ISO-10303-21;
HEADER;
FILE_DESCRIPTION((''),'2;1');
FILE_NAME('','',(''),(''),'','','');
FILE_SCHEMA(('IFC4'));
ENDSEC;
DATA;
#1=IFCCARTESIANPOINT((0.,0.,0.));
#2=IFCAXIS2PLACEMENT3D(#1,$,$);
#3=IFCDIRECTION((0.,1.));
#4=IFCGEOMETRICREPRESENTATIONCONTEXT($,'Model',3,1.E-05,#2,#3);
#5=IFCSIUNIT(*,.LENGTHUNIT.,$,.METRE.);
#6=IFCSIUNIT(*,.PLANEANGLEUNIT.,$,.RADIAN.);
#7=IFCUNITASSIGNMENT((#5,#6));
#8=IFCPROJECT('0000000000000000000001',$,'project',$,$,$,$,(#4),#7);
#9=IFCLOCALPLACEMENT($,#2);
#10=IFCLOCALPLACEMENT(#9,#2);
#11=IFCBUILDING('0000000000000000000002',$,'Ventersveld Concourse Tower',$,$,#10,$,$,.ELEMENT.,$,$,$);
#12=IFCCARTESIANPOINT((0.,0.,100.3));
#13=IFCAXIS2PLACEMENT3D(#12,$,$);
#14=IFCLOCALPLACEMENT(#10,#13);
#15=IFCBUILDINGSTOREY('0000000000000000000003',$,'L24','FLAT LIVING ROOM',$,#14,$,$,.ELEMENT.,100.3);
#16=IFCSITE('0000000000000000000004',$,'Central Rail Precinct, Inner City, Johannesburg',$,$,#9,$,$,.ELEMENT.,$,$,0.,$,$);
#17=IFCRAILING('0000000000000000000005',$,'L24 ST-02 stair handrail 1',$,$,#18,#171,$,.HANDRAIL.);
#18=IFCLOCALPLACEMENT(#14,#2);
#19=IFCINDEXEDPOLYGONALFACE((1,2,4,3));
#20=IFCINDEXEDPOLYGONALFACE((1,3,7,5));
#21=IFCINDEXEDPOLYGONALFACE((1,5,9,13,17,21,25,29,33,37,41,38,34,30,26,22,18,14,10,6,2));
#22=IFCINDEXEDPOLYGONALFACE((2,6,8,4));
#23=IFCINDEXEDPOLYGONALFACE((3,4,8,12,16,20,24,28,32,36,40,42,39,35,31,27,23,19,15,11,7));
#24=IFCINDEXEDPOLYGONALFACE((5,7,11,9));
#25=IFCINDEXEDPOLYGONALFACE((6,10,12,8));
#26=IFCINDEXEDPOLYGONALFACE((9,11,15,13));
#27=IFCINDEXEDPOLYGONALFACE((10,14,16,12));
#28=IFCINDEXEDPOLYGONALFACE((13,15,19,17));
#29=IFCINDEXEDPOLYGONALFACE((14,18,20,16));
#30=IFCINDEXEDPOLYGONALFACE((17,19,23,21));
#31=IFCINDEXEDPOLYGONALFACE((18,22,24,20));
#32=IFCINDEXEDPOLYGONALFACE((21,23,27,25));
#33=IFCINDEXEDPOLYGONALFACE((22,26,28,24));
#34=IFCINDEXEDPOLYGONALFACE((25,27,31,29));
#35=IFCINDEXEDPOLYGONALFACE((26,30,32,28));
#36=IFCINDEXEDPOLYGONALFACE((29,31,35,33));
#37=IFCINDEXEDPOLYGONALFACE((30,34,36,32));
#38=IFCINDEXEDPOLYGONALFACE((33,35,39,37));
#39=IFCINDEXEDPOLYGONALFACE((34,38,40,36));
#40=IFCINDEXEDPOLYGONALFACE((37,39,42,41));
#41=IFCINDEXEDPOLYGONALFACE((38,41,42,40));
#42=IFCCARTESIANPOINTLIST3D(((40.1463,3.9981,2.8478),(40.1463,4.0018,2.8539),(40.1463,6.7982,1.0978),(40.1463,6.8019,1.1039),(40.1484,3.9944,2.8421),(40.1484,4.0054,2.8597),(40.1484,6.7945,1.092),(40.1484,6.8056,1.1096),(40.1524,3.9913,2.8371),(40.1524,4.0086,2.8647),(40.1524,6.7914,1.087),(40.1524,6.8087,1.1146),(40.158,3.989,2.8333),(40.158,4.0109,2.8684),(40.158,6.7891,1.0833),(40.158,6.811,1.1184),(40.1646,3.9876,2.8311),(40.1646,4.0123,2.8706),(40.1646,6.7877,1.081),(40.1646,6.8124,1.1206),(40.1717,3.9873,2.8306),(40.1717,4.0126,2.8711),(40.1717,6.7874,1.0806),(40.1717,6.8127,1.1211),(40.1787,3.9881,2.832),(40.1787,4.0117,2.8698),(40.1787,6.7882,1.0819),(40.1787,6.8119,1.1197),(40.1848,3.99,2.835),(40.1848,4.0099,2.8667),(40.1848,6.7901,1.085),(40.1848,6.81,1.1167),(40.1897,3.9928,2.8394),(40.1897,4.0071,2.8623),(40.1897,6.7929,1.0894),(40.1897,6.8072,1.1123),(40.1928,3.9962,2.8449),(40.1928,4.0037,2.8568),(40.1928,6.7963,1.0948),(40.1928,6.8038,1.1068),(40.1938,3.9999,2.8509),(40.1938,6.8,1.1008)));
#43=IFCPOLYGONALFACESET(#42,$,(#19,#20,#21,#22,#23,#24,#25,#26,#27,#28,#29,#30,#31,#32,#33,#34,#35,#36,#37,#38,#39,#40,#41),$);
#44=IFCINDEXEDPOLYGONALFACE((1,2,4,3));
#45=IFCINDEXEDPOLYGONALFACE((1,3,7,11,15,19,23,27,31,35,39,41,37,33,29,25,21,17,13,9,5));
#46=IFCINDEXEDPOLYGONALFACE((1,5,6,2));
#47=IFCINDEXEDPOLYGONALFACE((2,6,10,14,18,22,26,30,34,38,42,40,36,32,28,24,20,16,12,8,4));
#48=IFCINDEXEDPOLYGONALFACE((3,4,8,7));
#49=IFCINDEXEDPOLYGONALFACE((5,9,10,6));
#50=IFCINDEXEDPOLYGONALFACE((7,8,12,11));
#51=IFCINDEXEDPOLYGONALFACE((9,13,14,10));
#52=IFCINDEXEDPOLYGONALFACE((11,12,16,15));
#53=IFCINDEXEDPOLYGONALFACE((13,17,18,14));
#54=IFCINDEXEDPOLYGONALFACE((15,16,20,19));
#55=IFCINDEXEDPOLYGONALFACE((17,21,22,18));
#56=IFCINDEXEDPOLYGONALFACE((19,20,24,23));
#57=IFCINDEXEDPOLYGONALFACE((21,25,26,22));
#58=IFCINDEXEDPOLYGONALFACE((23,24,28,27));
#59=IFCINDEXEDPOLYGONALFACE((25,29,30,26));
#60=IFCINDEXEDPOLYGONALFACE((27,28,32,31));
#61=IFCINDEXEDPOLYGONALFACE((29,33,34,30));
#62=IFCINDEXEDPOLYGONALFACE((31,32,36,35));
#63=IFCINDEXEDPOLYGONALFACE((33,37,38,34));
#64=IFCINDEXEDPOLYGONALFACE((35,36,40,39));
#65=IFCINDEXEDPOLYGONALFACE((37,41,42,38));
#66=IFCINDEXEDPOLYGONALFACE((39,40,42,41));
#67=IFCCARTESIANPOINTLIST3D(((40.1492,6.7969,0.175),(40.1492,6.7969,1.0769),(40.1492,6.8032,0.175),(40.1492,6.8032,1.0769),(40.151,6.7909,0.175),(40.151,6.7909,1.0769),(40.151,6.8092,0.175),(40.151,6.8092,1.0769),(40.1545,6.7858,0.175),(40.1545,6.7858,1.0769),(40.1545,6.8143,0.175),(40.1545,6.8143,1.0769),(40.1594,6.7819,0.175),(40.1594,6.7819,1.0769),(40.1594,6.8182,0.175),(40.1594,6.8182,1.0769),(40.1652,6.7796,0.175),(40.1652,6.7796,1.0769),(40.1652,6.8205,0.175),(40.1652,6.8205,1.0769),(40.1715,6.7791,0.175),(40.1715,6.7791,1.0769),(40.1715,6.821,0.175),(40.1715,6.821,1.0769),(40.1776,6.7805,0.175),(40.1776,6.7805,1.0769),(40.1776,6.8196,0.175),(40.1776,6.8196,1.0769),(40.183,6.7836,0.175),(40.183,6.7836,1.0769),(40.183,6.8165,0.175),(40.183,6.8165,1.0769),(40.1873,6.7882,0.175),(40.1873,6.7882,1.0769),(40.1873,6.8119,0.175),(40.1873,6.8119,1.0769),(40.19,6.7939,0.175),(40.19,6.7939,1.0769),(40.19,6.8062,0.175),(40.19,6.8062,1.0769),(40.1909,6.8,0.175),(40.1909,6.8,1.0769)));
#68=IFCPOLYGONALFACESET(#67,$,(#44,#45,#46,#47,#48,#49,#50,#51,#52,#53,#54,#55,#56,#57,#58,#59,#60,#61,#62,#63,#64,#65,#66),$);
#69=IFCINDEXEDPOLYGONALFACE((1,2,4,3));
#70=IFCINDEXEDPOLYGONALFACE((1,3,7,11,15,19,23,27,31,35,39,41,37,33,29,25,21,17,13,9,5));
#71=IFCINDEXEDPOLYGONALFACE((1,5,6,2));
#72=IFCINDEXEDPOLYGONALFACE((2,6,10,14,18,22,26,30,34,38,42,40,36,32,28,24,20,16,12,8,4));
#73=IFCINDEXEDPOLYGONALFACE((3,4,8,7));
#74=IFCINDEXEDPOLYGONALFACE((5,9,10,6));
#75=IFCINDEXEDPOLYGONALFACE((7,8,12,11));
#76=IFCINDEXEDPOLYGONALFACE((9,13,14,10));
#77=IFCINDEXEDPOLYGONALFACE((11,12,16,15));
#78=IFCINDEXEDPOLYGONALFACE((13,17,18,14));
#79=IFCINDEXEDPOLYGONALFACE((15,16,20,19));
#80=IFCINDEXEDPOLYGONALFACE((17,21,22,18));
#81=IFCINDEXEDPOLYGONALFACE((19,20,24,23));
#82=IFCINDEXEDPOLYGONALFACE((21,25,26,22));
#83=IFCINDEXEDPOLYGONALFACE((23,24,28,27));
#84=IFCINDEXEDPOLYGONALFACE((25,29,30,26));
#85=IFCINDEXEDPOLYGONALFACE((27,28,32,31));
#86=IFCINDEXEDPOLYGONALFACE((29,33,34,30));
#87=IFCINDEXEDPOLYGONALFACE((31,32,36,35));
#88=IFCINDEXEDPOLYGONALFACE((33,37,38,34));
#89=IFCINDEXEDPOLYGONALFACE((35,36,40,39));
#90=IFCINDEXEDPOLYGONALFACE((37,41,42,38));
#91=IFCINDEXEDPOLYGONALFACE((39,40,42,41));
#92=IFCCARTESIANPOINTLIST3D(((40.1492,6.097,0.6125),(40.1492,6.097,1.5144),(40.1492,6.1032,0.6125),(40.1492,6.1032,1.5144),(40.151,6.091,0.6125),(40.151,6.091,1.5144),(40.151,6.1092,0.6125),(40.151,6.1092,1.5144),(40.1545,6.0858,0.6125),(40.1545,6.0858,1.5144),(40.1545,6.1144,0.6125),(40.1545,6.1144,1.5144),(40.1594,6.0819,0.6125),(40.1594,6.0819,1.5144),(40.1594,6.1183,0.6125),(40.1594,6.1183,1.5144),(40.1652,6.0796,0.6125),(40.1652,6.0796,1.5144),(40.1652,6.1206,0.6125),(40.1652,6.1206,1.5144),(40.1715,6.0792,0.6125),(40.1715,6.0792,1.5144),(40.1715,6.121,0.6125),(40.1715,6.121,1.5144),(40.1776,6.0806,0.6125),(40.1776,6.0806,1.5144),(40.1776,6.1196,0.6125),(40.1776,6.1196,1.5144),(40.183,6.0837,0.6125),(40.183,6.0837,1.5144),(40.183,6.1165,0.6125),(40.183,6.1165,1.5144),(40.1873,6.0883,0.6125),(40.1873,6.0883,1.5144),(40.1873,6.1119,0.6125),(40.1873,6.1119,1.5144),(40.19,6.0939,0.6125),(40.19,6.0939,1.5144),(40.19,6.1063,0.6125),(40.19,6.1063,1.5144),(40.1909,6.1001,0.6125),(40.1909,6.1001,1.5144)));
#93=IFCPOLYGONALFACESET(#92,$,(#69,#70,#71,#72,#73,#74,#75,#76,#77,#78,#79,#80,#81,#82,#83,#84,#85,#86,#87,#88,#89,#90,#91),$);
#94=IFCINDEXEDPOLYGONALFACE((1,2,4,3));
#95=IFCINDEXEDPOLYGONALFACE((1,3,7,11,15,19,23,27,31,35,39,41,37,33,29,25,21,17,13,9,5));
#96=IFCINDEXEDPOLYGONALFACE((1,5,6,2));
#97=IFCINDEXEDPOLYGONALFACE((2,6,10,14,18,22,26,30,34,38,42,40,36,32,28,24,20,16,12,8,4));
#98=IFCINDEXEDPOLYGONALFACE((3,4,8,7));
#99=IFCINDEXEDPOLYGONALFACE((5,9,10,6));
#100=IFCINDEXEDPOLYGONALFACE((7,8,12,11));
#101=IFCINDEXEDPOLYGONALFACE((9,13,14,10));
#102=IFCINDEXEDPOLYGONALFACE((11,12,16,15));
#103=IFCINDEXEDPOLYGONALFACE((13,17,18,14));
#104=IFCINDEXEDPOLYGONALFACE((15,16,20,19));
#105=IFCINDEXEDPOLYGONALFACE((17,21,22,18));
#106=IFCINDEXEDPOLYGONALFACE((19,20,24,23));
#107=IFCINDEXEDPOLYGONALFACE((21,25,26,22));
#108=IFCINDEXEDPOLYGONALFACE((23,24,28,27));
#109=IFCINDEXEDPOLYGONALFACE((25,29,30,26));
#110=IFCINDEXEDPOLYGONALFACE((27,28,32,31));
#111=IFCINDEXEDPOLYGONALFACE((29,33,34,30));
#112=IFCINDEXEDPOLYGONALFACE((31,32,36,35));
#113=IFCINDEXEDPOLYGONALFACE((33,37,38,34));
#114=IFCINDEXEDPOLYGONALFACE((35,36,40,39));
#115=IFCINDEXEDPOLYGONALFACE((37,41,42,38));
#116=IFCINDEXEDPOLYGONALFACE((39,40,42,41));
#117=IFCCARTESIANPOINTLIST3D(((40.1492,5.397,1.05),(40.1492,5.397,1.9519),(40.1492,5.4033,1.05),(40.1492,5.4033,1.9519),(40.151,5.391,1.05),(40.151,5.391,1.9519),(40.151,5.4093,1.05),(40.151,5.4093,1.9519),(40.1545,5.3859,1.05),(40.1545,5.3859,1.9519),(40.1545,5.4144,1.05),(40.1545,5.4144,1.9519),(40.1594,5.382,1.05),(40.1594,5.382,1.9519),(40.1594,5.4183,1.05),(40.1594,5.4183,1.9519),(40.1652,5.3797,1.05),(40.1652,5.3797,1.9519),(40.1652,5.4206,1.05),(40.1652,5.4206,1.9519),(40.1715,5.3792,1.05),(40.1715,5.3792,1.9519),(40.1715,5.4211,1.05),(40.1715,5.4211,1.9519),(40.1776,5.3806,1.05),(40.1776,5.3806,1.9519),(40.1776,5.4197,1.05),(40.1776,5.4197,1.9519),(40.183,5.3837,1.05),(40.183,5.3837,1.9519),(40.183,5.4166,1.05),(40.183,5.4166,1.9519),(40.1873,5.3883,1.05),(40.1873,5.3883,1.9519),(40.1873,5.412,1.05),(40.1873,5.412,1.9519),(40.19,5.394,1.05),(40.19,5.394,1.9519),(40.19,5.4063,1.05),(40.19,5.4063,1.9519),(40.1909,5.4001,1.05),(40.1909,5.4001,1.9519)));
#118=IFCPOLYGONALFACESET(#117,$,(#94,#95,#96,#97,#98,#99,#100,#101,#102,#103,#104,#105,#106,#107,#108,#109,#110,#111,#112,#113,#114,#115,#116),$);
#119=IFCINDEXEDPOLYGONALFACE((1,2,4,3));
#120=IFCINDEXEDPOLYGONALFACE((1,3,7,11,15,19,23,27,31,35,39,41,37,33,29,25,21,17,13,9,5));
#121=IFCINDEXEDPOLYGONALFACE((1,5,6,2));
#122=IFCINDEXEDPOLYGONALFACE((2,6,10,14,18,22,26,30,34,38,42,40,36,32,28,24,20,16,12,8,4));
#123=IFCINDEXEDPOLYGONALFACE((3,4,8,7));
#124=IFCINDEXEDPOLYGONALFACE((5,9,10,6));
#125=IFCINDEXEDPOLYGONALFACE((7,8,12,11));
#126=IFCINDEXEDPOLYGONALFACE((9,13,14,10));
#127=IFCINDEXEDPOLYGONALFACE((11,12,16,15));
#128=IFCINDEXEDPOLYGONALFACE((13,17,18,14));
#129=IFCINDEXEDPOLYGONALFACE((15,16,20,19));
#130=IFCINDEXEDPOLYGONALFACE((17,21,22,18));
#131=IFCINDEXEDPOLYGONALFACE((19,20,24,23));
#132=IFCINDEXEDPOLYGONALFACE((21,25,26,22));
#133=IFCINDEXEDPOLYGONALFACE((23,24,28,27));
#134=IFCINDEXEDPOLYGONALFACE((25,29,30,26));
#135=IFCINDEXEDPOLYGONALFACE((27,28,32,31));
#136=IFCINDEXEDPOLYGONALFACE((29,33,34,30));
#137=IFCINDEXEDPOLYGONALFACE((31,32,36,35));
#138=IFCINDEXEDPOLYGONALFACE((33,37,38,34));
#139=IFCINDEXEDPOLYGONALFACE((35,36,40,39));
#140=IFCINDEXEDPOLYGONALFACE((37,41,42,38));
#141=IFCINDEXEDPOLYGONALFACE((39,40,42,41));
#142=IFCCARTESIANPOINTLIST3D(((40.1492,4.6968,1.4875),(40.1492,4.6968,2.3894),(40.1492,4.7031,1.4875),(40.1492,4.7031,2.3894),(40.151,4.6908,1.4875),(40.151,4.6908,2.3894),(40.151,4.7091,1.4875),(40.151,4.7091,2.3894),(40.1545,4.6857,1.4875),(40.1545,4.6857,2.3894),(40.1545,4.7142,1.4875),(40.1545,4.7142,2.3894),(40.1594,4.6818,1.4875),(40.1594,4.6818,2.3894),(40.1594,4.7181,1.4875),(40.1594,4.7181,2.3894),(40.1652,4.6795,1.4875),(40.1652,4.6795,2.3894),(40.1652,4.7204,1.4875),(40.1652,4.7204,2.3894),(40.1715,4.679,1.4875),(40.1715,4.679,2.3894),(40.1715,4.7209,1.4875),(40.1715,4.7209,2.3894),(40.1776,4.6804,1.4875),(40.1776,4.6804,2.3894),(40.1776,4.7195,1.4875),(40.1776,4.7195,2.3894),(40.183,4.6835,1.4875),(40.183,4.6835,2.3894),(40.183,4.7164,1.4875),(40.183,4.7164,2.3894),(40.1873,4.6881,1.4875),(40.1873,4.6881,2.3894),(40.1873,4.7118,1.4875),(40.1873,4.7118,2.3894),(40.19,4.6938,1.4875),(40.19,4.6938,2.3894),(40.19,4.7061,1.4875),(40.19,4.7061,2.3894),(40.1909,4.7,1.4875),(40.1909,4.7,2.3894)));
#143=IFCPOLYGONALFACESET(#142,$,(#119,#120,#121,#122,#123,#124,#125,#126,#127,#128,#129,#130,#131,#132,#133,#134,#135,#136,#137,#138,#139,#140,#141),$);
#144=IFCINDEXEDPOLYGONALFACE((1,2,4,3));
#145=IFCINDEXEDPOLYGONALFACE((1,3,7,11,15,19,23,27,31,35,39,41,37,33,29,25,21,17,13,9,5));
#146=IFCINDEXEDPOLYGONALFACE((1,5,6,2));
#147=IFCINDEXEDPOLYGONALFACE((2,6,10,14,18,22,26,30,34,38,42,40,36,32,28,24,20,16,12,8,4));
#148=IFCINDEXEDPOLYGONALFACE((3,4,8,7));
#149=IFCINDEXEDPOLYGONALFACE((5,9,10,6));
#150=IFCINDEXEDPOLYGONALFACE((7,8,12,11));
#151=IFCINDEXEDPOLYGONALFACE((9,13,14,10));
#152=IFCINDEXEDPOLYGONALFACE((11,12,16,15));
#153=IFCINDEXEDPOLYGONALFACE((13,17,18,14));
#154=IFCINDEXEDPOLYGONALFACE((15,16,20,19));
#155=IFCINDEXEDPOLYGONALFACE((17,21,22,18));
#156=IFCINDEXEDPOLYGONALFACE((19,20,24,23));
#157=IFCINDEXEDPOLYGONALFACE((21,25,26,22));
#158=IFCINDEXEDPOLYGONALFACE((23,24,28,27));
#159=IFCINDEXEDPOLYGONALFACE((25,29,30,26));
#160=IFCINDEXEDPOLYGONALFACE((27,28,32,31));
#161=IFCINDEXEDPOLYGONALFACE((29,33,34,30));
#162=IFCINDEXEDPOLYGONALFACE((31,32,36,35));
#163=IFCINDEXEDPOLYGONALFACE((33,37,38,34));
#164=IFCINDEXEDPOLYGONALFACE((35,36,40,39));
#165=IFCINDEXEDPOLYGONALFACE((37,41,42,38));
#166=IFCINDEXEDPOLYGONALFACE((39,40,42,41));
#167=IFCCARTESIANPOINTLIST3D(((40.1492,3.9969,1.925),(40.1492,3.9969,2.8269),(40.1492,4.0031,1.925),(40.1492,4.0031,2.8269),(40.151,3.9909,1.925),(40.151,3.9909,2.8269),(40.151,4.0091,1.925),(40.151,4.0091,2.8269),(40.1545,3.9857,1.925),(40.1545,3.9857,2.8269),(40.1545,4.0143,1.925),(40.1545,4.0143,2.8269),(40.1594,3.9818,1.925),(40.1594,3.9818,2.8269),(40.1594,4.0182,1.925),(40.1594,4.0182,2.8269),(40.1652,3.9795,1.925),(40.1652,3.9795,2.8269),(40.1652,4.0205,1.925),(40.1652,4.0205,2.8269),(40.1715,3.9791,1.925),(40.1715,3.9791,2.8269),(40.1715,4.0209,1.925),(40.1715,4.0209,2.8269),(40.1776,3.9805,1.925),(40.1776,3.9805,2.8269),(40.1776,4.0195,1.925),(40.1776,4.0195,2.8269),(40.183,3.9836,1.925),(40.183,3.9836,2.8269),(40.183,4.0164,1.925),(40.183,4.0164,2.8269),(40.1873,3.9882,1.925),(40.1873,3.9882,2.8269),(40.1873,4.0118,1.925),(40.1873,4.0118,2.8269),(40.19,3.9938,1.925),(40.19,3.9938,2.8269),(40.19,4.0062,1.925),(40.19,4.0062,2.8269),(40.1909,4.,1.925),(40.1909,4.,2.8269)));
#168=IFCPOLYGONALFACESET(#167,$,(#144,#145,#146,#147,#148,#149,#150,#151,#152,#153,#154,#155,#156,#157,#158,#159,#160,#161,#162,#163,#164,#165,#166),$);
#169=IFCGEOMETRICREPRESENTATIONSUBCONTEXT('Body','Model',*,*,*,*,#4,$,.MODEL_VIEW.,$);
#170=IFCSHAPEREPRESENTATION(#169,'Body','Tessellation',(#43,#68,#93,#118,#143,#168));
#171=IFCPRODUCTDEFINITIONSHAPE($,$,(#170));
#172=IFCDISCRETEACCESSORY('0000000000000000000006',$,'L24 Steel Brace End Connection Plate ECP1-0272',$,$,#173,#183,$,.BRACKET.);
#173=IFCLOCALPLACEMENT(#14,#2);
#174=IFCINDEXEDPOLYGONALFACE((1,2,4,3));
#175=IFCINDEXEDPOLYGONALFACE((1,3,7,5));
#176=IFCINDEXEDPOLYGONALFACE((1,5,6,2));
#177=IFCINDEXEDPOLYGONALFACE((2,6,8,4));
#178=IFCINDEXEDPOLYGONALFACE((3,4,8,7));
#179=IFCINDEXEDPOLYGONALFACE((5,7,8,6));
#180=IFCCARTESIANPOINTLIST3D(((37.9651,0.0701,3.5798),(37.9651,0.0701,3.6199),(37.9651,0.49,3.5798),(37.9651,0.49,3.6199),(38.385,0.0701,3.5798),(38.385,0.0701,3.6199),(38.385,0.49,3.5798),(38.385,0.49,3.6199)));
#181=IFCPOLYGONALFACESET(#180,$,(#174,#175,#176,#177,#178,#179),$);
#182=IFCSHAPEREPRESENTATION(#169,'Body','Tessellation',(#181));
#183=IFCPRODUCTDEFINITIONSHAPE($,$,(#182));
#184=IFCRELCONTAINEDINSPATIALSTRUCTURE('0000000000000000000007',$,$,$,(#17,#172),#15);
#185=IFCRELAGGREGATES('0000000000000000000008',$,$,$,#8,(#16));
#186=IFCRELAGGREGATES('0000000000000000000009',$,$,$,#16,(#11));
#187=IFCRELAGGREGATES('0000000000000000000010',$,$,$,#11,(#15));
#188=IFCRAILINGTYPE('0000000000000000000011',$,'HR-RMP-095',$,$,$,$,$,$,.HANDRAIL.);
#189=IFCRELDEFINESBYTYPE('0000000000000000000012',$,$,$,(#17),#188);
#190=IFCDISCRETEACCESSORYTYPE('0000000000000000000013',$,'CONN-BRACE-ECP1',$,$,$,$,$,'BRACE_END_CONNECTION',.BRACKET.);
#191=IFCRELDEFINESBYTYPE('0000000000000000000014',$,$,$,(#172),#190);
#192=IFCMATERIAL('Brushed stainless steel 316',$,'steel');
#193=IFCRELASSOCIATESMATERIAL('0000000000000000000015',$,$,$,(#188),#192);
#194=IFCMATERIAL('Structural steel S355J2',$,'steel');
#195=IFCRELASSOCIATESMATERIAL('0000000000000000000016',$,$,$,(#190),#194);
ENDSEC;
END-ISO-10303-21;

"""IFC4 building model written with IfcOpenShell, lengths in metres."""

from ifc_helpers import new_model, si_unit, direction, frame, origin, origin_2d, place, context, subcontext, project, spatial, rectangle, circle, extrude, material, type_object, element, save


model = new_model("IFC4")

# Units and contexts
model_context = context("Model", 3, precision=1e-05, world=origin(), true_north=direction((0.0, 1.0)))
body_context = subcontext(model_context, "Body", "Model", "MODEL_VIEW")
ifc_project = project(units=[si_unit("LENGTHUNIT", "METRE"), si_unit("PLANEANGLEUNIT", "RADIAN")], contexts=[model_context])

# Site, building, storey
site_placement = place(None, origin())
site = spatial("IfcSite", under=ifc_project, at=site_placement, Name="Central Rail Precinct, Inner City, Johannesburg", CompositionType="ELEMENT", RefElevation=0.0)
building_placement = place(site_placement, origin())
building = spatial("IfcBuilding", under=site, at=building_placement, Name="Ventersveld Concourse Tower", CompositionType="ELEMENT")
storey_placement = place(building_placement, frame((0.0, 0.0, 100.3)))
storey = spatial("IfcBuildingStorey", under=building, at=storey_placement, Name="L24", Description="FLAT LIVING ROOM", CompositionType="ELEMENT", Elevation=100.3)

# Shared definitions
ifc_material_1 = material(Name="Brushed stainless steel 316", Category="steel")

# Railing
railing_type_1 = type_object("IfcRailingType", Name="HR-RMP-095", PredefinedType="HANDRAIL", material=ifc_material_1)
railing_1_placement = place(storey_placement, frame((40.1699, 6.8, 0.175)))
element("IfcRailing", 1, at=railing_1_placement, inside=storey, type_object=railing_type_1, Name="L24 ST-02 stair handrail 1", PredefinedType="HANDRAIL", context=body_context, shape_type="SweptSolid", body=[
    extrude(circle(Radius=0.0239, at=origin_2d()), frame((0.0, 0.0, 0.9258), z_axis=(0.0, -0.848002, 0.529992), x_axis=(1.0, 0.0, 0.0)), (0.0, 0.0, 1.0), 3.302),
    extrude(circle(Radius=0.021, at=origin_2d()), origin(), (0.0, 0.0, 1.0), 0.9019),
    extrude(circle(Radius=0.021, at=origin_2d()), frame((0.0, -0.7, 0.4375)), (0.0, 0.0, 1.0), 0.9019),
    extrude(circle(Radius=0.021, at=origin_2d()), frame((0.0, -1.3999, 0.875)), (0.0, 0.0, 1.0), 0.9019),
    extrude(circle(Radius=0.021, at=origin_2d()), frame((0.0, -2.1001, 1.3125)), (0.0, 0.0, 1.0), 0.9019),
    extrude(circle(Radius=0.021, at=origin_2d()), frame((0.0, -2.8, 1.75)), (0.0, 0.0, 1.0), 0.9019),
])

# Discrete accessory
ifc_material_2 = material(Name="Structural steel S355J2", Category="steel")
discrete_accessory_type = type_object("IfcDiscreteAccessoryType", Name="CONN-BRACE-ECP1", ElementType="BRACE_END_CONNECTION", PredefinedType="BRACKET", material=ifc_material_2)
discrete_accessory_placement = place(storey_placement, frame((38.175, 0.28, 3.5798), z_axis=(0.0, 0.0, 1.0), x_axis=(1.0, 0.0, 0.0)))
element("IfcDiscreteAccessory", 2, at=discrete_accessory_placement, inside=storey, type_object=discrete_accessory_type, Name="L24 Steel Brace End Connection Plate ECP1-0272", PredefinedType="BRACKET", context=body_context, shape_type="SweptSolid", body=[
    extrude(rectangle(XDim=0.4199, YDim=0.4199, at=origin_2d()), origin(), (0.0, 0.0, 1.0), 0.04),
])

save(model, "model.ifc")
